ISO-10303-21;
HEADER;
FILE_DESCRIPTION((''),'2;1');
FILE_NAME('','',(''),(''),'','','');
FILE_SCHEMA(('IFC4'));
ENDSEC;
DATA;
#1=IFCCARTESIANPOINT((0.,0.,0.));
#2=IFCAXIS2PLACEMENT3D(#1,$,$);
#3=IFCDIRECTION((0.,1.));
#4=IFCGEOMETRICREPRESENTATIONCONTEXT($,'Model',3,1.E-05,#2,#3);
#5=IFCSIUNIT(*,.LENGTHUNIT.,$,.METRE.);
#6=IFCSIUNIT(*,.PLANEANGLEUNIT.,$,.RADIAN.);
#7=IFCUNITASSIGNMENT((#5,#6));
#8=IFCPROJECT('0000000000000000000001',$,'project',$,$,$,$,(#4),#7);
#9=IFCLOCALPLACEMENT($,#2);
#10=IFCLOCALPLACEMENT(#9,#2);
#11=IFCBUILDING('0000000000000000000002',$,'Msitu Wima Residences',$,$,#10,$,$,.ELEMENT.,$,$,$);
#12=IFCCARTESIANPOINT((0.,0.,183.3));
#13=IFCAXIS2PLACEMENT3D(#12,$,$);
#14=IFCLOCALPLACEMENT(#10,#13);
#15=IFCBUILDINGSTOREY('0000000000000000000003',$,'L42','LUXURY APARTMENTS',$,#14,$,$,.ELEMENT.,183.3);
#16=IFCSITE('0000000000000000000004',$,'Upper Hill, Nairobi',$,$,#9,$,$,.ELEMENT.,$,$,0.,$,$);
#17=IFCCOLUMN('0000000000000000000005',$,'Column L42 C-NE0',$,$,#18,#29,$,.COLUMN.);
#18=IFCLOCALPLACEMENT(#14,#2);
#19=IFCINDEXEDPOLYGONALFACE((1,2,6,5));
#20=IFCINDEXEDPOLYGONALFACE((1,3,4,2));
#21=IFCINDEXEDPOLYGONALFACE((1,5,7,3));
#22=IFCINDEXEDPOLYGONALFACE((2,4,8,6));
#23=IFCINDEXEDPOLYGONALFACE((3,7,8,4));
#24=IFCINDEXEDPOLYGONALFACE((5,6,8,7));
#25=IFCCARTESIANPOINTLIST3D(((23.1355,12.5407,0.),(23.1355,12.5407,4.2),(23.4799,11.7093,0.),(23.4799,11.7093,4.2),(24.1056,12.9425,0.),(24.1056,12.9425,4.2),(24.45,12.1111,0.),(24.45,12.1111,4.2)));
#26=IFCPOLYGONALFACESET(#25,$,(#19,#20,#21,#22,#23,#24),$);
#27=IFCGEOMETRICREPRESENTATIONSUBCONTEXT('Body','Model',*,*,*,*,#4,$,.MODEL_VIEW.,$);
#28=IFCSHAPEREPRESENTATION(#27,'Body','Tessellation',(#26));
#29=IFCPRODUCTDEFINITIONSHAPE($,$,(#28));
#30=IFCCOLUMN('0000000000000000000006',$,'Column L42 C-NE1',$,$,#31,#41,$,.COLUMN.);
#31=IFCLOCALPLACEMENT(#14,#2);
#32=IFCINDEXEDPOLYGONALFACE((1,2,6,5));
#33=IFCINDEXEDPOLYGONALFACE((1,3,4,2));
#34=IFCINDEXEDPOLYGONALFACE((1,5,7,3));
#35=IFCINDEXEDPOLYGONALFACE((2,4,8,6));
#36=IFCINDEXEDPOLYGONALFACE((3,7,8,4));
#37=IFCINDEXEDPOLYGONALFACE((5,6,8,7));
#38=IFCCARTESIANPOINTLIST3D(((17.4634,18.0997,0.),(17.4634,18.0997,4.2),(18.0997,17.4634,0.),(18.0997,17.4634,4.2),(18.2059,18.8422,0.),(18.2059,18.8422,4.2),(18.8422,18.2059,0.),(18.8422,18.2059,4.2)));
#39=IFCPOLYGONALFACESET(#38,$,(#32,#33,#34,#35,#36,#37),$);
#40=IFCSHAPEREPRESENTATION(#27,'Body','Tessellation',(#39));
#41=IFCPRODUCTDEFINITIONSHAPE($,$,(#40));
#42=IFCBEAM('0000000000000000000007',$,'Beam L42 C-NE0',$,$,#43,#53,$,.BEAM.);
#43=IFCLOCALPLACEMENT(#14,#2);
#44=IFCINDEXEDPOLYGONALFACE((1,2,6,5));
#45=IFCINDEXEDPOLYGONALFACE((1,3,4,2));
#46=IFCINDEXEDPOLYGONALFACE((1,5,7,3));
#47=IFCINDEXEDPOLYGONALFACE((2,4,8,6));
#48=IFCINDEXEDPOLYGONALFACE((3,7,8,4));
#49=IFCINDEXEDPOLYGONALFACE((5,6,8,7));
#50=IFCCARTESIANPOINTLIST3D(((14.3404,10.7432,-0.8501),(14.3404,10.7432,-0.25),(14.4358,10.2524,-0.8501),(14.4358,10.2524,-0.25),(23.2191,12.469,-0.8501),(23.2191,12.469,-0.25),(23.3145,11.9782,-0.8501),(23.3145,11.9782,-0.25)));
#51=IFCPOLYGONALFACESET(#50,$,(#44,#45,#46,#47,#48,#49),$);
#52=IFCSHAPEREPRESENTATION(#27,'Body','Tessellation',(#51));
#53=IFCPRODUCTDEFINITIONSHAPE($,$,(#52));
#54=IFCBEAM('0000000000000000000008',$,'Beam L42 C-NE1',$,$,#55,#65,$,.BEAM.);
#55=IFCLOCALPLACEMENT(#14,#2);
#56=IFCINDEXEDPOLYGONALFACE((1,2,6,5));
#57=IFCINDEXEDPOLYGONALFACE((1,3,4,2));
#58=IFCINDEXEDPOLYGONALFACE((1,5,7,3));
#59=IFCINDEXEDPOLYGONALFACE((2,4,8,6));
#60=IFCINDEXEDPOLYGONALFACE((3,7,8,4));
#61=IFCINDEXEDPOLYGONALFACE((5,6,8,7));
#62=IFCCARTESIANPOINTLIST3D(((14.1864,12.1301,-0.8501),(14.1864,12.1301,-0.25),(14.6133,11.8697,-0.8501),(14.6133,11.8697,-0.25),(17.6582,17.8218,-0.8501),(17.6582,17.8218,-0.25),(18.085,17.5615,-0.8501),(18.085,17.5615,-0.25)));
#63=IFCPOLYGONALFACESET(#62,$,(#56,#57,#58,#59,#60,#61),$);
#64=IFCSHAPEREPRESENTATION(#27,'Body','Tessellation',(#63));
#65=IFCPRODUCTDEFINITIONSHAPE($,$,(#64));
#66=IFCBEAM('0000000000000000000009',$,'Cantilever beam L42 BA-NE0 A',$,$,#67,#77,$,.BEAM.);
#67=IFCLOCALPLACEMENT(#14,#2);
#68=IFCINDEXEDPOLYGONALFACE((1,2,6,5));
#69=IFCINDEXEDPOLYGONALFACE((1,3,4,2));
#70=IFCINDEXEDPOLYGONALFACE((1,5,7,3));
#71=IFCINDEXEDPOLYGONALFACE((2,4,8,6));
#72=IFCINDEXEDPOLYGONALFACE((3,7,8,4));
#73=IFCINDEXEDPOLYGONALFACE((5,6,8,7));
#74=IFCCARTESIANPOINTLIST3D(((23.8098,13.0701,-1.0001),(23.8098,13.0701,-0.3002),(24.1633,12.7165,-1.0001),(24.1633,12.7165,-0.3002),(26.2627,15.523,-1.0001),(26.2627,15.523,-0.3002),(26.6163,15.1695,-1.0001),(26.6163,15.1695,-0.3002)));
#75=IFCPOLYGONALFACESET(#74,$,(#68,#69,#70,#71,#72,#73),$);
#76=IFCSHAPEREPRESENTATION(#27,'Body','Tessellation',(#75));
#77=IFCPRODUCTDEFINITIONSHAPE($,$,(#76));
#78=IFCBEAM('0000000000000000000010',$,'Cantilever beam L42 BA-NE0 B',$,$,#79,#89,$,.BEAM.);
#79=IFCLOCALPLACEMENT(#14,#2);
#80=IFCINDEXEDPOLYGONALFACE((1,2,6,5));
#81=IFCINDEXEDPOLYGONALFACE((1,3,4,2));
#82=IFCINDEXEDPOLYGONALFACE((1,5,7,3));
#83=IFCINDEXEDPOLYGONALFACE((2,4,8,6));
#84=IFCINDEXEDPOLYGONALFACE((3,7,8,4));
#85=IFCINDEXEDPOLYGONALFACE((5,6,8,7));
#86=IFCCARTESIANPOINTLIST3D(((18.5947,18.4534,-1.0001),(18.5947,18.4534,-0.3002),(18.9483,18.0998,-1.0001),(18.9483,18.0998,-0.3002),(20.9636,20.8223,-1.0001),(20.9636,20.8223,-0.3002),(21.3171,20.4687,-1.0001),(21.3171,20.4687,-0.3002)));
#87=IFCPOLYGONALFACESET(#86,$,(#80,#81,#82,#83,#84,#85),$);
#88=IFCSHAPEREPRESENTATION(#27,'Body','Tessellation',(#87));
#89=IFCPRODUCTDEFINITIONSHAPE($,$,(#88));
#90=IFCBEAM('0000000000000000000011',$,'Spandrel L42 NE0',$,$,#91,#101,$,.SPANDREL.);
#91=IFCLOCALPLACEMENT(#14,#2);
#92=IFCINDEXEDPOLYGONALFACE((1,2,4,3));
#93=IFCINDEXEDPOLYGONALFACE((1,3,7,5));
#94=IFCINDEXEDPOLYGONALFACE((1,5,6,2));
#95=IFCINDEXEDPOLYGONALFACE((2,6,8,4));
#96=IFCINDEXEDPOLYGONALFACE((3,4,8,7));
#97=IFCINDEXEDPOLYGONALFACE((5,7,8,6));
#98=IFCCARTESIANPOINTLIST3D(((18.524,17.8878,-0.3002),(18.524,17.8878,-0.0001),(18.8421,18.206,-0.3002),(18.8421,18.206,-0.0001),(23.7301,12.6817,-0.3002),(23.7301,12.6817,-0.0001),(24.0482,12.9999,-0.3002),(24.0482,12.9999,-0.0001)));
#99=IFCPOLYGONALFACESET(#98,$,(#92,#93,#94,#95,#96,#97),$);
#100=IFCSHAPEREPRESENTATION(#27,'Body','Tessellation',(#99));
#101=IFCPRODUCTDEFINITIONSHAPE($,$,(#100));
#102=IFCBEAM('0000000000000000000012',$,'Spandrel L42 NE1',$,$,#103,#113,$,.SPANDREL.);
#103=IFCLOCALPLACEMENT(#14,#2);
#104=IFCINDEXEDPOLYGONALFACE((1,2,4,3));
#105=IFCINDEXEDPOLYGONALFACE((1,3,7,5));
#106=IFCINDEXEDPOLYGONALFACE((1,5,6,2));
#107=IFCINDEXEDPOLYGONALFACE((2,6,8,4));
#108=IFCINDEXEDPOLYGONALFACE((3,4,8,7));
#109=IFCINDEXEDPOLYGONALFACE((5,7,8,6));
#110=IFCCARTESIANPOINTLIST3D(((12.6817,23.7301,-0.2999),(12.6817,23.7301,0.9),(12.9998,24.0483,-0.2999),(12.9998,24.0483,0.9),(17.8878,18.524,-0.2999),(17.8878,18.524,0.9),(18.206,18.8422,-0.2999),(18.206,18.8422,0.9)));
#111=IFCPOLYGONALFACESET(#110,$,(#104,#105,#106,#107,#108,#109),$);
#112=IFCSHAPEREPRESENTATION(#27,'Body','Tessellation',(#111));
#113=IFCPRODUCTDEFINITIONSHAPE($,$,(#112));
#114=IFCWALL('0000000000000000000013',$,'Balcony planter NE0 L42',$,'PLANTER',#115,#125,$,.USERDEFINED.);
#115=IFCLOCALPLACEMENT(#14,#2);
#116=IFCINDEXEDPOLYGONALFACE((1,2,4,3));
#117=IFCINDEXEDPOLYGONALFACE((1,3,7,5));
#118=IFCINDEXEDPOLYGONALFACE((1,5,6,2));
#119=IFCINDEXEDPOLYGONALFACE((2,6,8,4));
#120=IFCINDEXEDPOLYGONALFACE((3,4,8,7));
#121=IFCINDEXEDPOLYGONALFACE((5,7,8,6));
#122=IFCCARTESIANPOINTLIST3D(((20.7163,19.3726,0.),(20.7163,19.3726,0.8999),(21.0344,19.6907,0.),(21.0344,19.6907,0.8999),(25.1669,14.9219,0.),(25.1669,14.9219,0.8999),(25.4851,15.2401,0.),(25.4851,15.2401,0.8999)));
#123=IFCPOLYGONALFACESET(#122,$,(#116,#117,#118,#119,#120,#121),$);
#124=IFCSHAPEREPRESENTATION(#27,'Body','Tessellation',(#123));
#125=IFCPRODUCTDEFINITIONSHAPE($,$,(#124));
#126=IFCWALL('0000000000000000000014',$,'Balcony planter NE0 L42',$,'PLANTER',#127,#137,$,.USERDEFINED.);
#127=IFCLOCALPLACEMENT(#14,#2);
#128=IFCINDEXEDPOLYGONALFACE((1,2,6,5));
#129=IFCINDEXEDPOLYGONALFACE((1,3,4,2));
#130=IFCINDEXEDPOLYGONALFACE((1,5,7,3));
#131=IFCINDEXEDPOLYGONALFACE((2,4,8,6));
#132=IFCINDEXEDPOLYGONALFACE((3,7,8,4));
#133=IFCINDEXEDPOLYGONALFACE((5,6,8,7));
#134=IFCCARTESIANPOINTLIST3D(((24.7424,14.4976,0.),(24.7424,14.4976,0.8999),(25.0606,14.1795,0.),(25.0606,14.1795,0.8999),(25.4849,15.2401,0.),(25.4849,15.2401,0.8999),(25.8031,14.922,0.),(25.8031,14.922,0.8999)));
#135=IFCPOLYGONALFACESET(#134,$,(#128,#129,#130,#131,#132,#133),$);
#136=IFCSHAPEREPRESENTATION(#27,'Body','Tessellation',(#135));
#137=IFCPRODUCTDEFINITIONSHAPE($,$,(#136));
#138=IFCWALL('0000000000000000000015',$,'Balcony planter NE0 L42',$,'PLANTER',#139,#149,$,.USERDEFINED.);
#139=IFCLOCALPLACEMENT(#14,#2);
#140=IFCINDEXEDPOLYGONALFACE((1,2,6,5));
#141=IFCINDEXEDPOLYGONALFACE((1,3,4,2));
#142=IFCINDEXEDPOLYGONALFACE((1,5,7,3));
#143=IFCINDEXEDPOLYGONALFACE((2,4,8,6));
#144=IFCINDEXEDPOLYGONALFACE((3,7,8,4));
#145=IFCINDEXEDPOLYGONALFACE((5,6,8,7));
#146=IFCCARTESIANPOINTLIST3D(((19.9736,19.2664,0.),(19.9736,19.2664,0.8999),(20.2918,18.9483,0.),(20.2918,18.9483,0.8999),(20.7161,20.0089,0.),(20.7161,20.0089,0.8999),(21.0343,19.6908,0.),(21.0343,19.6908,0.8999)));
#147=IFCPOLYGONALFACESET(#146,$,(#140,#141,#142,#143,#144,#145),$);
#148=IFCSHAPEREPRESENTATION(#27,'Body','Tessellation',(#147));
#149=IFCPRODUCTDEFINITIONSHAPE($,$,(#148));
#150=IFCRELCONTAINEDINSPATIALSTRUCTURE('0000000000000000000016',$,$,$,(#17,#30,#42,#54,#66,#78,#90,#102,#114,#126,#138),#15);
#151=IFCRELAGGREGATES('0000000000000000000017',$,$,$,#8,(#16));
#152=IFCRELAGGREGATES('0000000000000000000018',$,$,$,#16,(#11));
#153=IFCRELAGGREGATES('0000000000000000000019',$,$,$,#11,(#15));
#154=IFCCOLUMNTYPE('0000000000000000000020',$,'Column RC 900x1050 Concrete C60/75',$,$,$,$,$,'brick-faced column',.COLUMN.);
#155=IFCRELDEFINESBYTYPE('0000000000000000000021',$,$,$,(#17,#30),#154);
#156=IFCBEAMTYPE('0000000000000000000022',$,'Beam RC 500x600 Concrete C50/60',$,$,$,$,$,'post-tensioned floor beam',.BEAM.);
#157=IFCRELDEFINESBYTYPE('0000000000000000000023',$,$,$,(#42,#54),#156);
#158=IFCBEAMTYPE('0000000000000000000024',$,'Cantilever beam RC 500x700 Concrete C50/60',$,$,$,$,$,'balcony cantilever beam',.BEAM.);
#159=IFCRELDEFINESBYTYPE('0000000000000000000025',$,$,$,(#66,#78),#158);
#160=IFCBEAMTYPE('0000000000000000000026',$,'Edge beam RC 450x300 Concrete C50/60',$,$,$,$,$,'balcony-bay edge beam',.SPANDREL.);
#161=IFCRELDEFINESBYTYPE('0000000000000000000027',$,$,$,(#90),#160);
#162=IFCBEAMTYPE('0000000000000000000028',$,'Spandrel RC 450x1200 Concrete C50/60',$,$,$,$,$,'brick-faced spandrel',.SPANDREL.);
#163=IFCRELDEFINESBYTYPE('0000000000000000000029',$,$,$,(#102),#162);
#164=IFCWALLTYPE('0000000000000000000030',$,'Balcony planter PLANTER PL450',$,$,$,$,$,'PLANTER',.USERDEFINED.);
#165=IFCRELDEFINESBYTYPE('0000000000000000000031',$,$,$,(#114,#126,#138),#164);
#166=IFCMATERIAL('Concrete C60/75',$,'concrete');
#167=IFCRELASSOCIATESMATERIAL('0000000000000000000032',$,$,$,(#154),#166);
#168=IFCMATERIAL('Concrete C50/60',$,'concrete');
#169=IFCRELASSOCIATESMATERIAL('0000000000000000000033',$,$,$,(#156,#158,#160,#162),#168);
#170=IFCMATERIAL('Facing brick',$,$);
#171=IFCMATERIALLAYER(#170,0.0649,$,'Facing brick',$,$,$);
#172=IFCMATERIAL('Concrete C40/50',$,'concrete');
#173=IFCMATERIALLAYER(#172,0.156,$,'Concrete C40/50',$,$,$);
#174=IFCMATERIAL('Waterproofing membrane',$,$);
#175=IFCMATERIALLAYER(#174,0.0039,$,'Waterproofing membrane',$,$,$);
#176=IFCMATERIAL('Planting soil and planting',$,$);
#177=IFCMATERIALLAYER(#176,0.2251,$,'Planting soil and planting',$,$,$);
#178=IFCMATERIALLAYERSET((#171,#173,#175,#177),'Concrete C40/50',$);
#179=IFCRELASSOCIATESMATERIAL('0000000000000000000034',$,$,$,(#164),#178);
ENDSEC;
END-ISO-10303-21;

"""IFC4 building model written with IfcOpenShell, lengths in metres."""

from ifc_helpers import new_model, si_unit, direction, frame, frame_2d, origin, origin_2d, place, context, subcontext, project, spatial, rectangle, extrude, material, layer, layer_set, material_profile, profile_set, type_object, element, save


model = new_model("IFC4")

# Units and contexts
model_context = context("Model", 3, precision=1e-05, world=origin(), true_north=direction((0.0, 1.0)))
body_context = subcontext(model_context, "Body", "Model", "MODEL_VIEW")
ifc_project = project(units=[si_unit("LENGTHUNIT", "METRE"), si_unit("PLANEANGLEUNIT", "RADIAN")], contexts=[model_context])

# Site, building, storey
site_placement = place(None, origin())
site = spatial("IfcSite", under=ifc_project, at=site_placement, Name="Upper Hill, Nairobi", CompositionType="ELEMENT", RefElevation=0.0)
building_placement = place(site_placement, origin())
building = spatial("IfcBuilding", under=site, at=building_placement, Name="Msitu Wima Residences", CompositionType="ELEMENT")
storey_placement = place(building_placement, frame((0.0, 0.0, 183.3)))
storey = spatial("IfcBuildingStorey", under=building, at=storey_placement, Name="L42", Description="LUXURY APARTMENTS", CompositionType="ELEMENT", Elevation=183.3)

# Columns
ifc_material_1 = material(Name="Concrete C60/75", Category="concrete")
ifc_material_profile_1 = material_profile(ifc_material_1, rectangle(XDim=0.8999, YDim=1.05, at=origin_2d()), Name="RC 900x1050")
ifc_profile_set_1 = profile_set([ifc_material_profile_1], Name="Concrete C60/75")
column_type = type_object("IfcColumnType", Name="Column RC 900x1050 Concrete C60/75", ElementType="brick-faced column", PredefinedType="COLUMN", material=ifc_profile_set_1)
for number, where, z_axis, x_axis, name in (
    (1, (23.7927, 12.3259, 0.0), (0.0, 0.0, 1.0), (-0.382683, 0.92388, 0.0), "Column L42 C-NE0"),
    (2, (18.1528, 18.1528, 0.0), (0.0, 0.0, 1.0), (-0.707107, 0.707107, 0.0), "Column L42 C-NE1"),
):
    element("IfcColumn", number, at=place(storey_placement, frame(where, z_axis=z_axis, x_axis=x_axis)), inside=storey, type_object=column_type, Name=name, PredefinedType="COLUMN", context=body_context, shape_type="SweptSolid", body=[
        extrude(rectangle(XDim=0.8999, YDim=1.05, at=origin_2d()), origin(), (0.0, 0.0, 1.0), 4.2),
    ])

# Beams
ifc_material_2 = material(Name="Concrete C50/60", Category="concrete")
ifc_material_profile_2 = material_profile(ifc_material_2, rectangle(XDim=0.5, YDim=0.6001, at=origin_2d()), Name="RC 500x600")
ifc_profile_set_2 = profile_set([ifc_material_profile_2], Name="Concrete C50/60")
beam_type_1 = type_object("IfcBeamType", Name="Beam RC 500x600 Concrete C50/60", ElementType="post-tensioned floor beam", PredefinedType="BEAM", material=ifc_profile_set_2)
beam_1_placement = place(storey_placement, frame((23.2668, 12.2236, -0.55), z_axis=(-0.981627, -0.190808, 0.0), x_axis=(0.190808, -0.981627, 0.0)))
element("IfcBeam", 3, at=beam_1_placement, inside=storey, type_object=beam_type_1, Name="Beam L42 C-NE0", PredefinedType="BEAM", context=body_context, shape_type="SweptSolid", body=[
    extrude(rectangle(XDim=0.5, YDim=0.6001, at=origin_2d()), origin(), (0.0, 0.0, 1.0), 9.0449),
])
beam_2_placement = place(storey_placement, frame((17.8716, 17.6917, -0.55), z_axis=(-0.520734, -0.853719, 0.0), x_axis=(0.853719, -0.520734, 0.0)))
element("IfcBeam", 4, at=beam_2_placement, inside=storey, type_object=beam_type_1, Name="Beam L42 C-NE1", PredefinedType="BEAM", context=body_context, shape_type="SweptSolid", body=[
    extrude(rectangle(XDim=0.5, YDim=0.6001, at=origin_2d()), origin(), (0.0, 0.0, 1.0), 6.667),
])
ifc_material_profile_3 = material_profile(ifc_material_2, rectangle(XDim=0.5, YDim=0.7, at=origin_2d()), Name="RC 500x700")
ifc_profile_set_3 = profile_set([ifc_material_profile_3], Name="Concrete C50/60")
beam_type_2 = type_object("IfcBeamType", Name="Cantilever beam RC 500x700 Concrete C50/60", ElementType="balcony cantilever beam", PredefinedType="BEAM", material=ifc_profile_set_3)
beam_3_placement = place(storey_placement, frame((23.9866, 12.8933, -0.6501), z_axis=(0.707107, 0.707107, 0.0), x_axis=(-0.707107, 0.707107, 0.0)))
element("IfcBeam", 5, at=beam_3_placement, inside=storey, type_object=beam_type_2, Name="Cantilever beam L42 BA-NE0 A", PredefinedType="BEAM", context=body_context, shape_type="SweptSolid", body=[
    extrude(rectangle(XDim=0.5, YDim=0.7, at=origin_2d()), origin(), (0.0, 0.0, 1.0), 3.469),
])
beam_4_placement = place(storey_placement, frame((18.7715, 18.2766, -0.6501), z_axis=(0.707107, 0.707107, 0.0), x_axis=(-0.707107, 0.707107, 0.0)))
element("IfcBeam", 6, at=beam_4_placement, inside=storey, type_object=beam_type_2, Name="Cantilever beam L42 BA-NE0 B", PredefinedType="BEAM", context=body_context, shape_type="SweptSolid", body=[
    extrude(rectangle(XDim=0.5, YDim=0.7, at=origin_2d()), origin(), (0.0, 0.0, 1.0), 3.3501),
])
ifc_material_profile_4 = material_profile(ifc_material_2, rectangle(XDim=0.45, YDim=0.3, at=origin_2d()), Name="RC 450x300")
ifc_profile_set_4 = profile_set([ifc_material_profile_4], Name="Concrete C50/60")
beam_type_3 = type_object("IfcBeamType", Name="Edge beam RC 450x300 Concrete C50/60", ElementType="balcony-bay edge beam", PredefinedType="SPANDREL", material=ifc_profile_set_4)
beam_5_placement = place(storey_placement, frame((23.8892, 12.8408, -0.1501), z_axis=(-0.707107, 0.707107, 0.0), x_axis=(-0.707107, -0.707107, 0.0)))
element("IfcBeam", 7, at=beam_5_placement, inside=storey, type_object=beam_type_3, Name="Spandrel L42 NE0", PredefinedType="SPANDREL", context=body_context, shape_type="SweptSolid", body=[
    extrude(rectangle(XDim=0.45, YDim=0.3, at=origin_2d()), origin(), (0.0, 0.0, 1.0), 7.3625),
])
ifc_material_profile_5 = material_profile(ifc_material_2, rectangle(XDim=0.45, YDim=1.2, at=origin_2d()), Name="RC 450x1200")
ifc_profile_set_5 = profile_set([ifc_material_profile_5], Name="Concrete C50/60")
beam_type_4 = type_object("IfcBeamType", Name="Spandrel RC 450x1200 Concrete C50/60", ElementType="brick-faced spandrel", PredefinedType="SPANDREL", material=ifc_profile_set_5)
beam_6_placement = place(storey_placement, frame((18.0469, 18.6831, 0.3), z_axis=(-0.707107, 0.707107, 0.0), x_axis=(-0.707107, -0.707107, 0.0)))
element("IfcBeam", 8, at=beam_6_placement, inside=storey, type_object=beam_type_4, Name="Spandrel L42 NE1", PredefinedType="SPANDREL", context=body_context, shape_type="SweptSolid", body=[
    extrude(rectangle(XDim=0.45, YDim=1.2, at=origin_2d()), origin(), (0.0, 0.0, 1.0), 7.3625),
])

# Walls
ifc_material_3 = material(Name="Facing brick")
ifc_layer_1 = layer(ifc_material_3, 0.0649, Name="Facing brick")
ifc_material_4 = material(Name="Concrete C40/50", Category="concrete")
ifc_layer_2 = layer(ifc_material_4, 0.156, Name="Concrete C40/50")
ifc_material_5 = material(Name="Waterproofing membrane")
ifc_layer_3 = layer(ifc_material_5, 0.0039, Name="Waterproofing membrane")
ifc_material_6 = material(Name="Planting soil and planting")
ifc_layer_4 = layer(ifc_material_6, 0.2251, Name="Planting soil and planting")
ifc_layer_set_1 = layer_set([ifc_layer_1, ifc_layer_2, ifc_layer_3, ifc_layer_4], Name="Concrete C40/50")
wall_type_1 = type_object("IfcWallType", Name="Balcony planter PLANTER PL450", ElementType="PLANTER", PredefinedType="USERDEFINED", material=ifc_layer_set_1)
wall_1_placement = place(storey_placement, frame((25.3259, 15.0811, 0.0), z_axis=(0.0, 0.0, 1.0), x_axis=(-0.707107, 0.707107, 0.0)))
element("IfcWall", 9, at=wall_1_placement, inside=storey, type_object=wall_type_1, Name="Balcony planter NE0 L42", ObjectType="PLANTER", PredefinedType="USERDEFINED", context=body_context, shape_type="SweptSolid", body=[
    extrude(rectangle(XDim=6.2942, YDim=0.45, at=frame_2d((3.147, 0.0))), origin(), (0.0, 0.0, 1.0), 0.8999),
])
for number, where, z_axis, x_axis, name in (
    (10, (24.9016, 14.3386, 0.0), (0.0, 0.0, 1.0), (0.707107, 0.707107, 0.0), "Balcony planter NE0 L42"),
    (11, (20.1328, 19.1074, 0.0), (0.0, 0.0, 1.0), (0.707107, 0.707107, 0.0), "Balcony planter NE0 L42"),
):
    element("IfcWall", number, at=place(storey_placement, frame(where, z_axis=z_axis, x_axis=x_axis)), inside=storey, type_object=wall_type_1, Name=name, ObjectType="PLANTER", PredefinedType="USERDEFINED", context=body_context, shape_type="SweptSolid", body=[
        extrude(rectangle(XDim=1.05, YDim=0.45, at=frame_2d((0.5249, 0.0))), origin(), (0.0, 0.0, 1.0), 0.8999),
    ])

save(model, "model.ifc")
